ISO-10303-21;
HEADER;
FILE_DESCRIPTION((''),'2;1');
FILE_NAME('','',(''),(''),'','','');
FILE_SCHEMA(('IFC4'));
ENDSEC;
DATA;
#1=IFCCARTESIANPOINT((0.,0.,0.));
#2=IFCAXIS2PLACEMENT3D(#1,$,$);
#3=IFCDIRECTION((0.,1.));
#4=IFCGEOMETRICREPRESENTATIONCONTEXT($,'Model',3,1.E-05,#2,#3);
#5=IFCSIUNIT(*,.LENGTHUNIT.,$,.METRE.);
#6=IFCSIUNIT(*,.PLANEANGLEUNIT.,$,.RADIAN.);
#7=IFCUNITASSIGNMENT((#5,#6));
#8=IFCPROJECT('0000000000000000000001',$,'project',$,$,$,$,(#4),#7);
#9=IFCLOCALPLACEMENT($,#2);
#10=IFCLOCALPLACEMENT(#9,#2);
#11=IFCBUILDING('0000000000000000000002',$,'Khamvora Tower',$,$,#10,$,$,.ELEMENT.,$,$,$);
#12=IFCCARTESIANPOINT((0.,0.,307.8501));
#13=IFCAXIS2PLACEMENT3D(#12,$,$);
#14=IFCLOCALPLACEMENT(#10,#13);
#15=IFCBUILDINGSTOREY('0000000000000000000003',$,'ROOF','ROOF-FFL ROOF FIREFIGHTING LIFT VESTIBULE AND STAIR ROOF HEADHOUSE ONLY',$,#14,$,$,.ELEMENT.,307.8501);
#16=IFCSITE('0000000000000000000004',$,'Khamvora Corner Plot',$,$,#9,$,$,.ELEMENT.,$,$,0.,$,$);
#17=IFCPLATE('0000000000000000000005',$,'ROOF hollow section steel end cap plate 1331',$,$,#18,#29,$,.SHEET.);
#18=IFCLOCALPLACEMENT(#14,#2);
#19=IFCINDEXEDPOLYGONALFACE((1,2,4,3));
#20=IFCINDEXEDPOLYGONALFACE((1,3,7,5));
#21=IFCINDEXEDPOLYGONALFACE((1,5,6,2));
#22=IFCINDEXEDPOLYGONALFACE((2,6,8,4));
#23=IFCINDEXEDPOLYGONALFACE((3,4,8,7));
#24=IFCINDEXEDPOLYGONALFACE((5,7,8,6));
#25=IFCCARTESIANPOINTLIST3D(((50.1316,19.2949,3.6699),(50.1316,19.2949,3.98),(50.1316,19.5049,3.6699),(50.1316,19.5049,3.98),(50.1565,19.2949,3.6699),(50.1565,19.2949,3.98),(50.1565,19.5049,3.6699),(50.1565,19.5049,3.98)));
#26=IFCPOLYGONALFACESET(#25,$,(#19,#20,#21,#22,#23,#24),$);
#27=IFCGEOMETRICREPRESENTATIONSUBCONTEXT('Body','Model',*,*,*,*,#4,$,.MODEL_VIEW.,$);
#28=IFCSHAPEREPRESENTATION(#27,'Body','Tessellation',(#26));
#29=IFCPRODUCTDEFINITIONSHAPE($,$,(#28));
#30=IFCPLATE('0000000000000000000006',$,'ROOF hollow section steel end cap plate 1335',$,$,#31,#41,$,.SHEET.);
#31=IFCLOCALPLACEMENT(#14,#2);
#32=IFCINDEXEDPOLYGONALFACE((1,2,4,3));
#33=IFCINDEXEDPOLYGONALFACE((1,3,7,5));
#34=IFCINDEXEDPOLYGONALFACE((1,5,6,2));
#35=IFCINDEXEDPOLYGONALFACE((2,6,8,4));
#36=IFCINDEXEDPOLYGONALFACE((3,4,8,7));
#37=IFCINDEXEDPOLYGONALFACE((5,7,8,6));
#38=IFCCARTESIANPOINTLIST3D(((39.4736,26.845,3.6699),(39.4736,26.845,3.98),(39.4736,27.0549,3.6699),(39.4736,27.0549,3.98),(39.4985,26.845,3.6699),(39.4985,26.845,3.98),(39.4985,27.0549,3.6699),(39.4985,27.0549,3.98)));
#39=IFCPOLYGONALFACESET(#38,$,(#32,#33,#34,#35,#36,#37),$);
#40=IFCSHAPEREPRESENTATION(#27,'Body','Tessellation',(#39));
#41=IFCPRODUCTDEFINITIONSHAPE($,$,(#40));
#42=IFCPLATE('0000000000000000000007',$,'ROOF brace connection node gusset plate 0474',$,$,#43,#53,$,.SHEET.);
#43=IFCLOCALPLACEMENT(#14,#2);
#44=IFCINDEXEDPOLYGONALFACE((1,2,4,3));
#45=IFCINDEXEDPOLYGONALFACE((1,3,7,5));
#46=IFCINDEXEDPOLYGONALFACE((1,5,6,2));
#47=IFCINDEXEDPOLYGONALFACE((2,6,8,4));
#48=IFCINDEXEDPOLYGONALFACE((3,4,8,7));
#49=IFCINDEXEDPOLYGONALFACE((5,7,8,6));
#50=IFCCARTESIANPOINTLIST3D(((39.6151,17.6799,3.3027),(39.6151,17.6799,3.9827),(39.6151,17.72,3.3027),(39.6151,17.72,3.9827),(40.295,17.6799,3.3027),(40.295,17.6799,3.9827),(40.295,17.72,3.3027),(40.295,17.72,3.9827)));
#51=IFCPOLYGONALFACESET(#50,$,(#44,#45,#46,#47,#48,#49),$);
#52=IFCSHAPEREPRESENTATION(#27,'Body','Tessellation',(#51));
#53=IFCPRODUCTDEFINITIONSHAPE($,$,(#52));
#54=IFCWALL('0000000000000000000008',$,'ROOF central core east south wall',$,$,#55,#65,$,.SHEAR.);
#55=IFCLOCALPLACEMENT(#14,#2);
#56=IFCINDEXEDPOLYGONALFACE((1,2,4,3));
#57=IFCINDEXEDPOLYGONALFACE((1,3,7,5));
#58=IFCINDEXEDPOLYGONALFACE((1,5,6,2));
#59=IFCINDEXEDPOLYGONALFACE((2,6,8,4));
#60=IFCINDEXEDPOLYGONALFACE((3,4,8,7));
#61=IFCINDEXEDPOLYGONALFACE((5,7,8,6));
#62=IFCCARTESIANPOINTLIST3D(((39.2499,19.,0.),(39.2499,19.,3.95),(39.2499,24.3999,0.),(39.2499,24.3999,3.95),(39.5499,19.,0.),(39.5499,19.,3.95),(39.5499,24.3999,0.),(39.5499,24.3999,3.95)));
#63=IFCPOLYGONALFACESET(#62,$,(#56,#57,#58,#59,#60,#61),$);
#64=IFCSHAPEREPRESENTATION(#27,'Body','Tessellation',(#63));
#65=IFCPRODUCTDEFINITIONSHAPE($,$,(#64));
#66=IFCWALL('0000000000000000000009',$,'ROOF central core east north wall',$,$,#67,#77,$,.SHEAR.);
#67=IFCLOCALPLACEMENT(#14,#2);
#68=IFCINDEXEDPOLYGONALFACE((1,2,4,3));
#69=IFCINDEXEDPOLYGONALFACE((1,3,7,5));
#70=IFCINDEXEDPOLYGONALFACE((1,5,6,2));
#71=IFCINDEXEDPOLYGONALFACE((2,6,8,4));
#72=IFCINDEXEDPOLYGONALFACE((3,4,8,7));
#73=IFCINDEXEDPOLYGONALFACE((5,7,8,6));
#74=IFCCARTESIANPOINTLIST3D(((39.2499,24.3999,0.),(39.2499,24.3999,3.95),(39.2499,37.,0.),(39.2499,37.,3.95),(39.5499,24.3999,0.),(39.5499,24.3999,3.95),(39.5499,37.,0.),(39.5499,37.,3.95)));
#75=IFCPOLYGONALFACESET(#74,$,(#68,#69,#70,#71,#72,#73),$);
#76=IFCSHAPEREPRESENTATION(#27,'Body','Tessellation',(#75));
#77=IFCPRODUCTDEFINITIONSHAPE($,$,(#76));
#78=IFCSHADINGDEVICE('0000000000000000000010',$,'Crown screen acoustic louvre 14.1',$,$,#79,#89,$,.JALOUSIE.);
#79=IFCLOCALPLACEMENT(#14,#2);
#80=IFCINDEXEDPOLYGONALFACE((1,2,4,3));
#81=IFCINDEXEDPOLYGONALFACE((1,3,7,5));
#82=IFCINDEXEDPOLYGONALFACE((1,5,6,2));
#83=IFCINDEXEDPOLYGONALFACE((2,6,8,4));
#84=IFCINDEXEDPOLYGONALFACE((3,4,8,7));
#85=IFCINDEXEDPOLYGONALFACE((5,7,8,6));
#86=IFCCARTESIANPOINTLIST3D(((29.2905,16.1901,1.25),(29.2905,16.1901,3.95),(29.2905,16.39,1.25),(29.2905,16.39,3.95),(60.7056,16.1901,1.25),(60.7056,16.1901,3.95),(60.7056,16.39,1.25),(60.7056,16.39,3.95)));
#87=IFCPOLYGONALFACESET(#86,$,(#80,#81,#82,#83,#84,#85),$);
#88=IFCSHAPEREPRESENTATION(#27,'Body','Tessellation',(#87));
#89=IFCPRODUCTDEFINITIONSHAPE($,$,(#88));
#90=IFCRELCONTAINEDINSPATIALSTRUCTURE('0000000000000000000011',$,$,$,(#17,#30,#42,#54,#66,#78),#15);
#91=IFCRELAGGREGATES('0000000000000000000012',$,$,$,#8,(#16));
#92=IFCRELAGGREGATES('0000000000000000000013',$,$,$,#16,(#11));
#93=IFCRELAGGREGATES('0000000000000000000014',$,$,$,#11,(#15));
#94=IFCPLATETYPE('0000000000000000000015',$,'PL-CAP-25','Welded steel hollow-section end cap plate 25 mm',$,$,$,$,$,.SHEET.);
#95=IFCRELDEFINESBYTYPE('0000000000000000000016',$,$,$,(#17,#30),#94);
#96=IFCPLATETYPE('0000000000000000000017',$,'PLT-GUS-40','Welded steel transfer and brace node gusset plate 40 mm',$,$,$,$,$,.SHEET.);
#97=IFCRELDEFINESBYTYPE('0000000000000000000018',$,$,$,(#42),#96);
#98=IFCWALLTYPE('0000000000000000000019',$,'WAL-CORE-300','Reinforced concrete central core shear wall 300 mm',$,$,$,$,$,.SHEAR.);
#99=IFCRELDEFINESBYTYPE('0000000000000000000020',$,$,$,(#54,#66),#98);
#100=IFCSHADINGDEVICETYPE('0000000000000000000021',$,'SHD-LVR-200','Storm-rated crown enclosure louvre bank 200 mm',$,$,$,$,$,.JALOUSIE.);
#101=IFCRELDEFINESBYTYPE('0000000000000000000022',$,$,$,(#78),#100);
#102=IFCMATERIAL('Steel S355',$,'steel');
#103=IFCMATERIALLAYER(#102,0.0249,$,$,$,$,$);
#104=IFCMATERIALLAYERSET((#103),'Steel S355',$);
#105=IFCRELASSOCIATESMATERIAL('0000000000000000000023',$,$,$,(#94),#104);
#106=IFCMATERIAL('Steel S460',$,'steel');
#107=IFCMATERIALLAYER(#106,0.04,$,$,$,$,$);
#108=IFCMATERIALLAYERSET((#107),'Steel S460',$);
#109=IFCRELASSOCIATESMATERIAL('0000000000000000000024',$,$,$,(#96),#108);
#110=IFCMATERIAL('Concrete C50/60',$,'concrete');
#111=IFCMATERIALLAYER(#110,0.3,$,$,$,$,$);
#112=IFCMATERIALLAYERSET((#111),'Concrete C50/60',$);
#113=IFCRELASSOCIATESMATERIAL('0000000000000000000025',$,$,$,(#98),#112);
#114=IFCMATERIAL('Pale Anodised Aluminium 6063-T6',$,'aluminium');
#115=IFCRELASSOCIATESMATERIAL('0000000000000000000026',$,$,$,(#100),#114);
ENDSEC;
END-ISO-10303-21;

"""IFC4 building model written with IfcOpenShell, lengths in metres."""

from ifc_helpers import new_model, si_unit, direction, frame, frame_2d, origin, origin_2d, place, context, subcontext, project, spatial, rectangle, extrude, material, layer, layer_set, type_object, element, save


model = new_model("IFC4")

# Units and contexts
model_context = context("Model", 3, precision=1e-05, world=origin(), true_north=direction((0.0, 1.0)))
body_context = subcontext(model_context, "Body", "Model", "MODEL_VIEW")
ifc_project = project(units=[si_unit("LENGTHUNIT", "METRE"), si_unit("PLANEANGLEUNIT", "RADIAN")], contexts=[model_context])

# Site, building, storey
site_placement = place(None, origin())
site = spatial("IfcSite", under=ifc_project, at=site_placement, Name="Khamvora Corner Plot", CompositionType="ELEMENT", RefElevation=0.0)
building_placement = place(site_placement, origin())
building = spatial("IfcBuilding", under=site, at=building_placement, Name="Khamvora Tower", CompositionType="ELEMENT")
storey_placement = place(building_placement, frame((0.0, 0.0, 307.8501)))
storey = spatial("IfcBuildingStorey", under=building, at=storey_placement, Name="ROOF", Description="ROOF-FFL ROOF FIREFIGHTING LIFT VESTIBULE AND STAIR ROOF HEADHOUSE ONLY", CompositionType="ELEMENT", Elevation=307.8501)

# Shared definitions
ifc_material_1 = material(Name="Steel S355", Category="steel")

# Plates
ifc_layer_1 = layer(ifc_material_1, 0.0249)
ifc_layer_set_1 = layer_set([ifc_layer_1], Name="Steel S355")
plate_type_1 = type_object("IfcPlateType", Name="PL-CAP-25", Description="Welded steel hollow-section end cap plate 25 mm", PredefinedType="SHEET", material=ifc_layer_set_1)
for number, where, z_axis, x_axis, name in (
    (1, (50.144, 19.3999, 3.6699), (0.0, 0.0, 1.0), (1.0, 0.0, 0.0), "ROOF hollow section steel end cap plate 1331"),
    (2, (39.4861, 26.95, 3.6699), (0.0, 0.0, 1.0), (1.0, 0.0, 0.0), "ROOF hollow section steel end cap plate 1335"),
):
    element("IfcPlate", number, at=place(storey_placement, frame(where, z_axis=z_axis, x_axis=x_axis)), inside=storey, type_object=plate_type_1, Name=name, PredefinedType="SHEET", context=body_context, shape_type="SweptSolid", body=[
        extrude(rectangle(XDim=0.0249, YDim=0.21, at=origin_2d()), origin(), (0.0, 0.0, 1.0), 0.3101),
    ])
ifc_material_2 = material(Name="Steel S460", Category="steel")
ifc_layer_2 = layer(ifc_material_2, 0.04)
ifc_layer_set_2 = layer_set([ifc_layer_2], Name="Steel S460")
plate_type_2 = type_object("IfcPlateType", Name="PLT-GUS-40", Description="Welded steel transfer and brace node gusset plate 40 mm", PredefinedType="SHEET", material=ifc_layer_set_2)
plate_1_placement = place(storey_placement, frame((39.9551, 17.7, 3.3027), z_axis=(0.0, 0.0, 1.0), x_axis=(1.0, 0.0, 0.0)))
element("IfcPlate", 3, at=plate_1_placement, inside=storey, type_object=plate_type_2, Name="ROOF brace connection node gusset plate 0474", PredefinedType="SHEET", context=body_context, shape_type="SweptSolid", body=[
    extrude(rectangle(XDim=0.6799, YDim=0.04, at=origin_2d()), origin(), (0.0, 0.0, 1.0), 0.6799),
])

# Walls
ifc_material_3 = material(Name="Concrete C50/60", Category="concrete")
ifc_layer_3 = layer(ifc_material_3, 0.3)
ifc_layer_set_3 = layer_set([ifc_layer_3], Name="Concrete C50/60")
wall_type = type_object("IfcWallType", Name="WAL-CORE-300", Description="Reinforced concrete central core shear wall 300 mm", PredefinedType="SHEAR", material=ifc_layer_set_3)
wall_1_placement = place(storey_placement, frame((39.3999, 19.0, 0.0), z_axis=(0.0, 0.0, 1.0), x_axis=(0.0, 1.0, 0.0)))
element("IfcWall", 4, at=wall_1_placement, inside=storey, type_object=wall_type, Name="ROOF central core east south wall", PredefinedType="SHEAR", context=body_context, shape_type="SweptSolid", body=[
    extrude(rectangle(XDim=5.3999, YDim=0.3, at=frame_2d((2.7, 0.0))), origin(), (0.0, 0.0, 1.0), 3.95),
])
wall_2_placement = place(storey_placement, frame((39.3999, 24.3999, 0.0), z_axis=(0.0, 0.0, 1.0), x_axis=(0.0, 1.0, 0.0)))
element("IfcWall", 5, at=wall_2_placement, inside=storey, type_object=wall_type, Name="ROOF central core east north wall", PredefinedType="SHEAR", context=body_context, shape_type="SweptSolid", body=[
    extrude(rectangle(XDim=12.6001, YDim=0.3, at=frame_2d((6.3, 0.0))), origin(), (0.0, 0.0, 1.0), 3.95),
])

# Shading device
ifc_material_4 = material(Name="Pale Anodised Aluminium 6063-T6", Category="aluminium")
shading_device_type = type_object("IfcShadingDeviceType", Name="SHD-LVR-200", Description="Storm-rated crown enclosure louvre bank 200 mm", PredefinedType="JALOUSIE", material=ifc_material_4)
shading_device_placement = place(storey_placement, frame((44.998, 16.29, 1.25), z_axis=(0.0, 0.0, 1.0), x_axis=(-1.0, 0.0, 0.0)))
element("IfcShadingDevice", 6, at=shading_device_placement, inside=storey, type_object=shading_device_type, Name="Crown screen acoustic louvre 14.1", PredefinedType="JALOUSIE", context=body_context, shape_type="SweptSolid", body=[
    extrude(rectangle(XDim=31.415, YDim=0.2, at=origin_2d()), origin(), (0.0, 0.0, 1.0), 2.7),
])

save(model, "model.ifc")
